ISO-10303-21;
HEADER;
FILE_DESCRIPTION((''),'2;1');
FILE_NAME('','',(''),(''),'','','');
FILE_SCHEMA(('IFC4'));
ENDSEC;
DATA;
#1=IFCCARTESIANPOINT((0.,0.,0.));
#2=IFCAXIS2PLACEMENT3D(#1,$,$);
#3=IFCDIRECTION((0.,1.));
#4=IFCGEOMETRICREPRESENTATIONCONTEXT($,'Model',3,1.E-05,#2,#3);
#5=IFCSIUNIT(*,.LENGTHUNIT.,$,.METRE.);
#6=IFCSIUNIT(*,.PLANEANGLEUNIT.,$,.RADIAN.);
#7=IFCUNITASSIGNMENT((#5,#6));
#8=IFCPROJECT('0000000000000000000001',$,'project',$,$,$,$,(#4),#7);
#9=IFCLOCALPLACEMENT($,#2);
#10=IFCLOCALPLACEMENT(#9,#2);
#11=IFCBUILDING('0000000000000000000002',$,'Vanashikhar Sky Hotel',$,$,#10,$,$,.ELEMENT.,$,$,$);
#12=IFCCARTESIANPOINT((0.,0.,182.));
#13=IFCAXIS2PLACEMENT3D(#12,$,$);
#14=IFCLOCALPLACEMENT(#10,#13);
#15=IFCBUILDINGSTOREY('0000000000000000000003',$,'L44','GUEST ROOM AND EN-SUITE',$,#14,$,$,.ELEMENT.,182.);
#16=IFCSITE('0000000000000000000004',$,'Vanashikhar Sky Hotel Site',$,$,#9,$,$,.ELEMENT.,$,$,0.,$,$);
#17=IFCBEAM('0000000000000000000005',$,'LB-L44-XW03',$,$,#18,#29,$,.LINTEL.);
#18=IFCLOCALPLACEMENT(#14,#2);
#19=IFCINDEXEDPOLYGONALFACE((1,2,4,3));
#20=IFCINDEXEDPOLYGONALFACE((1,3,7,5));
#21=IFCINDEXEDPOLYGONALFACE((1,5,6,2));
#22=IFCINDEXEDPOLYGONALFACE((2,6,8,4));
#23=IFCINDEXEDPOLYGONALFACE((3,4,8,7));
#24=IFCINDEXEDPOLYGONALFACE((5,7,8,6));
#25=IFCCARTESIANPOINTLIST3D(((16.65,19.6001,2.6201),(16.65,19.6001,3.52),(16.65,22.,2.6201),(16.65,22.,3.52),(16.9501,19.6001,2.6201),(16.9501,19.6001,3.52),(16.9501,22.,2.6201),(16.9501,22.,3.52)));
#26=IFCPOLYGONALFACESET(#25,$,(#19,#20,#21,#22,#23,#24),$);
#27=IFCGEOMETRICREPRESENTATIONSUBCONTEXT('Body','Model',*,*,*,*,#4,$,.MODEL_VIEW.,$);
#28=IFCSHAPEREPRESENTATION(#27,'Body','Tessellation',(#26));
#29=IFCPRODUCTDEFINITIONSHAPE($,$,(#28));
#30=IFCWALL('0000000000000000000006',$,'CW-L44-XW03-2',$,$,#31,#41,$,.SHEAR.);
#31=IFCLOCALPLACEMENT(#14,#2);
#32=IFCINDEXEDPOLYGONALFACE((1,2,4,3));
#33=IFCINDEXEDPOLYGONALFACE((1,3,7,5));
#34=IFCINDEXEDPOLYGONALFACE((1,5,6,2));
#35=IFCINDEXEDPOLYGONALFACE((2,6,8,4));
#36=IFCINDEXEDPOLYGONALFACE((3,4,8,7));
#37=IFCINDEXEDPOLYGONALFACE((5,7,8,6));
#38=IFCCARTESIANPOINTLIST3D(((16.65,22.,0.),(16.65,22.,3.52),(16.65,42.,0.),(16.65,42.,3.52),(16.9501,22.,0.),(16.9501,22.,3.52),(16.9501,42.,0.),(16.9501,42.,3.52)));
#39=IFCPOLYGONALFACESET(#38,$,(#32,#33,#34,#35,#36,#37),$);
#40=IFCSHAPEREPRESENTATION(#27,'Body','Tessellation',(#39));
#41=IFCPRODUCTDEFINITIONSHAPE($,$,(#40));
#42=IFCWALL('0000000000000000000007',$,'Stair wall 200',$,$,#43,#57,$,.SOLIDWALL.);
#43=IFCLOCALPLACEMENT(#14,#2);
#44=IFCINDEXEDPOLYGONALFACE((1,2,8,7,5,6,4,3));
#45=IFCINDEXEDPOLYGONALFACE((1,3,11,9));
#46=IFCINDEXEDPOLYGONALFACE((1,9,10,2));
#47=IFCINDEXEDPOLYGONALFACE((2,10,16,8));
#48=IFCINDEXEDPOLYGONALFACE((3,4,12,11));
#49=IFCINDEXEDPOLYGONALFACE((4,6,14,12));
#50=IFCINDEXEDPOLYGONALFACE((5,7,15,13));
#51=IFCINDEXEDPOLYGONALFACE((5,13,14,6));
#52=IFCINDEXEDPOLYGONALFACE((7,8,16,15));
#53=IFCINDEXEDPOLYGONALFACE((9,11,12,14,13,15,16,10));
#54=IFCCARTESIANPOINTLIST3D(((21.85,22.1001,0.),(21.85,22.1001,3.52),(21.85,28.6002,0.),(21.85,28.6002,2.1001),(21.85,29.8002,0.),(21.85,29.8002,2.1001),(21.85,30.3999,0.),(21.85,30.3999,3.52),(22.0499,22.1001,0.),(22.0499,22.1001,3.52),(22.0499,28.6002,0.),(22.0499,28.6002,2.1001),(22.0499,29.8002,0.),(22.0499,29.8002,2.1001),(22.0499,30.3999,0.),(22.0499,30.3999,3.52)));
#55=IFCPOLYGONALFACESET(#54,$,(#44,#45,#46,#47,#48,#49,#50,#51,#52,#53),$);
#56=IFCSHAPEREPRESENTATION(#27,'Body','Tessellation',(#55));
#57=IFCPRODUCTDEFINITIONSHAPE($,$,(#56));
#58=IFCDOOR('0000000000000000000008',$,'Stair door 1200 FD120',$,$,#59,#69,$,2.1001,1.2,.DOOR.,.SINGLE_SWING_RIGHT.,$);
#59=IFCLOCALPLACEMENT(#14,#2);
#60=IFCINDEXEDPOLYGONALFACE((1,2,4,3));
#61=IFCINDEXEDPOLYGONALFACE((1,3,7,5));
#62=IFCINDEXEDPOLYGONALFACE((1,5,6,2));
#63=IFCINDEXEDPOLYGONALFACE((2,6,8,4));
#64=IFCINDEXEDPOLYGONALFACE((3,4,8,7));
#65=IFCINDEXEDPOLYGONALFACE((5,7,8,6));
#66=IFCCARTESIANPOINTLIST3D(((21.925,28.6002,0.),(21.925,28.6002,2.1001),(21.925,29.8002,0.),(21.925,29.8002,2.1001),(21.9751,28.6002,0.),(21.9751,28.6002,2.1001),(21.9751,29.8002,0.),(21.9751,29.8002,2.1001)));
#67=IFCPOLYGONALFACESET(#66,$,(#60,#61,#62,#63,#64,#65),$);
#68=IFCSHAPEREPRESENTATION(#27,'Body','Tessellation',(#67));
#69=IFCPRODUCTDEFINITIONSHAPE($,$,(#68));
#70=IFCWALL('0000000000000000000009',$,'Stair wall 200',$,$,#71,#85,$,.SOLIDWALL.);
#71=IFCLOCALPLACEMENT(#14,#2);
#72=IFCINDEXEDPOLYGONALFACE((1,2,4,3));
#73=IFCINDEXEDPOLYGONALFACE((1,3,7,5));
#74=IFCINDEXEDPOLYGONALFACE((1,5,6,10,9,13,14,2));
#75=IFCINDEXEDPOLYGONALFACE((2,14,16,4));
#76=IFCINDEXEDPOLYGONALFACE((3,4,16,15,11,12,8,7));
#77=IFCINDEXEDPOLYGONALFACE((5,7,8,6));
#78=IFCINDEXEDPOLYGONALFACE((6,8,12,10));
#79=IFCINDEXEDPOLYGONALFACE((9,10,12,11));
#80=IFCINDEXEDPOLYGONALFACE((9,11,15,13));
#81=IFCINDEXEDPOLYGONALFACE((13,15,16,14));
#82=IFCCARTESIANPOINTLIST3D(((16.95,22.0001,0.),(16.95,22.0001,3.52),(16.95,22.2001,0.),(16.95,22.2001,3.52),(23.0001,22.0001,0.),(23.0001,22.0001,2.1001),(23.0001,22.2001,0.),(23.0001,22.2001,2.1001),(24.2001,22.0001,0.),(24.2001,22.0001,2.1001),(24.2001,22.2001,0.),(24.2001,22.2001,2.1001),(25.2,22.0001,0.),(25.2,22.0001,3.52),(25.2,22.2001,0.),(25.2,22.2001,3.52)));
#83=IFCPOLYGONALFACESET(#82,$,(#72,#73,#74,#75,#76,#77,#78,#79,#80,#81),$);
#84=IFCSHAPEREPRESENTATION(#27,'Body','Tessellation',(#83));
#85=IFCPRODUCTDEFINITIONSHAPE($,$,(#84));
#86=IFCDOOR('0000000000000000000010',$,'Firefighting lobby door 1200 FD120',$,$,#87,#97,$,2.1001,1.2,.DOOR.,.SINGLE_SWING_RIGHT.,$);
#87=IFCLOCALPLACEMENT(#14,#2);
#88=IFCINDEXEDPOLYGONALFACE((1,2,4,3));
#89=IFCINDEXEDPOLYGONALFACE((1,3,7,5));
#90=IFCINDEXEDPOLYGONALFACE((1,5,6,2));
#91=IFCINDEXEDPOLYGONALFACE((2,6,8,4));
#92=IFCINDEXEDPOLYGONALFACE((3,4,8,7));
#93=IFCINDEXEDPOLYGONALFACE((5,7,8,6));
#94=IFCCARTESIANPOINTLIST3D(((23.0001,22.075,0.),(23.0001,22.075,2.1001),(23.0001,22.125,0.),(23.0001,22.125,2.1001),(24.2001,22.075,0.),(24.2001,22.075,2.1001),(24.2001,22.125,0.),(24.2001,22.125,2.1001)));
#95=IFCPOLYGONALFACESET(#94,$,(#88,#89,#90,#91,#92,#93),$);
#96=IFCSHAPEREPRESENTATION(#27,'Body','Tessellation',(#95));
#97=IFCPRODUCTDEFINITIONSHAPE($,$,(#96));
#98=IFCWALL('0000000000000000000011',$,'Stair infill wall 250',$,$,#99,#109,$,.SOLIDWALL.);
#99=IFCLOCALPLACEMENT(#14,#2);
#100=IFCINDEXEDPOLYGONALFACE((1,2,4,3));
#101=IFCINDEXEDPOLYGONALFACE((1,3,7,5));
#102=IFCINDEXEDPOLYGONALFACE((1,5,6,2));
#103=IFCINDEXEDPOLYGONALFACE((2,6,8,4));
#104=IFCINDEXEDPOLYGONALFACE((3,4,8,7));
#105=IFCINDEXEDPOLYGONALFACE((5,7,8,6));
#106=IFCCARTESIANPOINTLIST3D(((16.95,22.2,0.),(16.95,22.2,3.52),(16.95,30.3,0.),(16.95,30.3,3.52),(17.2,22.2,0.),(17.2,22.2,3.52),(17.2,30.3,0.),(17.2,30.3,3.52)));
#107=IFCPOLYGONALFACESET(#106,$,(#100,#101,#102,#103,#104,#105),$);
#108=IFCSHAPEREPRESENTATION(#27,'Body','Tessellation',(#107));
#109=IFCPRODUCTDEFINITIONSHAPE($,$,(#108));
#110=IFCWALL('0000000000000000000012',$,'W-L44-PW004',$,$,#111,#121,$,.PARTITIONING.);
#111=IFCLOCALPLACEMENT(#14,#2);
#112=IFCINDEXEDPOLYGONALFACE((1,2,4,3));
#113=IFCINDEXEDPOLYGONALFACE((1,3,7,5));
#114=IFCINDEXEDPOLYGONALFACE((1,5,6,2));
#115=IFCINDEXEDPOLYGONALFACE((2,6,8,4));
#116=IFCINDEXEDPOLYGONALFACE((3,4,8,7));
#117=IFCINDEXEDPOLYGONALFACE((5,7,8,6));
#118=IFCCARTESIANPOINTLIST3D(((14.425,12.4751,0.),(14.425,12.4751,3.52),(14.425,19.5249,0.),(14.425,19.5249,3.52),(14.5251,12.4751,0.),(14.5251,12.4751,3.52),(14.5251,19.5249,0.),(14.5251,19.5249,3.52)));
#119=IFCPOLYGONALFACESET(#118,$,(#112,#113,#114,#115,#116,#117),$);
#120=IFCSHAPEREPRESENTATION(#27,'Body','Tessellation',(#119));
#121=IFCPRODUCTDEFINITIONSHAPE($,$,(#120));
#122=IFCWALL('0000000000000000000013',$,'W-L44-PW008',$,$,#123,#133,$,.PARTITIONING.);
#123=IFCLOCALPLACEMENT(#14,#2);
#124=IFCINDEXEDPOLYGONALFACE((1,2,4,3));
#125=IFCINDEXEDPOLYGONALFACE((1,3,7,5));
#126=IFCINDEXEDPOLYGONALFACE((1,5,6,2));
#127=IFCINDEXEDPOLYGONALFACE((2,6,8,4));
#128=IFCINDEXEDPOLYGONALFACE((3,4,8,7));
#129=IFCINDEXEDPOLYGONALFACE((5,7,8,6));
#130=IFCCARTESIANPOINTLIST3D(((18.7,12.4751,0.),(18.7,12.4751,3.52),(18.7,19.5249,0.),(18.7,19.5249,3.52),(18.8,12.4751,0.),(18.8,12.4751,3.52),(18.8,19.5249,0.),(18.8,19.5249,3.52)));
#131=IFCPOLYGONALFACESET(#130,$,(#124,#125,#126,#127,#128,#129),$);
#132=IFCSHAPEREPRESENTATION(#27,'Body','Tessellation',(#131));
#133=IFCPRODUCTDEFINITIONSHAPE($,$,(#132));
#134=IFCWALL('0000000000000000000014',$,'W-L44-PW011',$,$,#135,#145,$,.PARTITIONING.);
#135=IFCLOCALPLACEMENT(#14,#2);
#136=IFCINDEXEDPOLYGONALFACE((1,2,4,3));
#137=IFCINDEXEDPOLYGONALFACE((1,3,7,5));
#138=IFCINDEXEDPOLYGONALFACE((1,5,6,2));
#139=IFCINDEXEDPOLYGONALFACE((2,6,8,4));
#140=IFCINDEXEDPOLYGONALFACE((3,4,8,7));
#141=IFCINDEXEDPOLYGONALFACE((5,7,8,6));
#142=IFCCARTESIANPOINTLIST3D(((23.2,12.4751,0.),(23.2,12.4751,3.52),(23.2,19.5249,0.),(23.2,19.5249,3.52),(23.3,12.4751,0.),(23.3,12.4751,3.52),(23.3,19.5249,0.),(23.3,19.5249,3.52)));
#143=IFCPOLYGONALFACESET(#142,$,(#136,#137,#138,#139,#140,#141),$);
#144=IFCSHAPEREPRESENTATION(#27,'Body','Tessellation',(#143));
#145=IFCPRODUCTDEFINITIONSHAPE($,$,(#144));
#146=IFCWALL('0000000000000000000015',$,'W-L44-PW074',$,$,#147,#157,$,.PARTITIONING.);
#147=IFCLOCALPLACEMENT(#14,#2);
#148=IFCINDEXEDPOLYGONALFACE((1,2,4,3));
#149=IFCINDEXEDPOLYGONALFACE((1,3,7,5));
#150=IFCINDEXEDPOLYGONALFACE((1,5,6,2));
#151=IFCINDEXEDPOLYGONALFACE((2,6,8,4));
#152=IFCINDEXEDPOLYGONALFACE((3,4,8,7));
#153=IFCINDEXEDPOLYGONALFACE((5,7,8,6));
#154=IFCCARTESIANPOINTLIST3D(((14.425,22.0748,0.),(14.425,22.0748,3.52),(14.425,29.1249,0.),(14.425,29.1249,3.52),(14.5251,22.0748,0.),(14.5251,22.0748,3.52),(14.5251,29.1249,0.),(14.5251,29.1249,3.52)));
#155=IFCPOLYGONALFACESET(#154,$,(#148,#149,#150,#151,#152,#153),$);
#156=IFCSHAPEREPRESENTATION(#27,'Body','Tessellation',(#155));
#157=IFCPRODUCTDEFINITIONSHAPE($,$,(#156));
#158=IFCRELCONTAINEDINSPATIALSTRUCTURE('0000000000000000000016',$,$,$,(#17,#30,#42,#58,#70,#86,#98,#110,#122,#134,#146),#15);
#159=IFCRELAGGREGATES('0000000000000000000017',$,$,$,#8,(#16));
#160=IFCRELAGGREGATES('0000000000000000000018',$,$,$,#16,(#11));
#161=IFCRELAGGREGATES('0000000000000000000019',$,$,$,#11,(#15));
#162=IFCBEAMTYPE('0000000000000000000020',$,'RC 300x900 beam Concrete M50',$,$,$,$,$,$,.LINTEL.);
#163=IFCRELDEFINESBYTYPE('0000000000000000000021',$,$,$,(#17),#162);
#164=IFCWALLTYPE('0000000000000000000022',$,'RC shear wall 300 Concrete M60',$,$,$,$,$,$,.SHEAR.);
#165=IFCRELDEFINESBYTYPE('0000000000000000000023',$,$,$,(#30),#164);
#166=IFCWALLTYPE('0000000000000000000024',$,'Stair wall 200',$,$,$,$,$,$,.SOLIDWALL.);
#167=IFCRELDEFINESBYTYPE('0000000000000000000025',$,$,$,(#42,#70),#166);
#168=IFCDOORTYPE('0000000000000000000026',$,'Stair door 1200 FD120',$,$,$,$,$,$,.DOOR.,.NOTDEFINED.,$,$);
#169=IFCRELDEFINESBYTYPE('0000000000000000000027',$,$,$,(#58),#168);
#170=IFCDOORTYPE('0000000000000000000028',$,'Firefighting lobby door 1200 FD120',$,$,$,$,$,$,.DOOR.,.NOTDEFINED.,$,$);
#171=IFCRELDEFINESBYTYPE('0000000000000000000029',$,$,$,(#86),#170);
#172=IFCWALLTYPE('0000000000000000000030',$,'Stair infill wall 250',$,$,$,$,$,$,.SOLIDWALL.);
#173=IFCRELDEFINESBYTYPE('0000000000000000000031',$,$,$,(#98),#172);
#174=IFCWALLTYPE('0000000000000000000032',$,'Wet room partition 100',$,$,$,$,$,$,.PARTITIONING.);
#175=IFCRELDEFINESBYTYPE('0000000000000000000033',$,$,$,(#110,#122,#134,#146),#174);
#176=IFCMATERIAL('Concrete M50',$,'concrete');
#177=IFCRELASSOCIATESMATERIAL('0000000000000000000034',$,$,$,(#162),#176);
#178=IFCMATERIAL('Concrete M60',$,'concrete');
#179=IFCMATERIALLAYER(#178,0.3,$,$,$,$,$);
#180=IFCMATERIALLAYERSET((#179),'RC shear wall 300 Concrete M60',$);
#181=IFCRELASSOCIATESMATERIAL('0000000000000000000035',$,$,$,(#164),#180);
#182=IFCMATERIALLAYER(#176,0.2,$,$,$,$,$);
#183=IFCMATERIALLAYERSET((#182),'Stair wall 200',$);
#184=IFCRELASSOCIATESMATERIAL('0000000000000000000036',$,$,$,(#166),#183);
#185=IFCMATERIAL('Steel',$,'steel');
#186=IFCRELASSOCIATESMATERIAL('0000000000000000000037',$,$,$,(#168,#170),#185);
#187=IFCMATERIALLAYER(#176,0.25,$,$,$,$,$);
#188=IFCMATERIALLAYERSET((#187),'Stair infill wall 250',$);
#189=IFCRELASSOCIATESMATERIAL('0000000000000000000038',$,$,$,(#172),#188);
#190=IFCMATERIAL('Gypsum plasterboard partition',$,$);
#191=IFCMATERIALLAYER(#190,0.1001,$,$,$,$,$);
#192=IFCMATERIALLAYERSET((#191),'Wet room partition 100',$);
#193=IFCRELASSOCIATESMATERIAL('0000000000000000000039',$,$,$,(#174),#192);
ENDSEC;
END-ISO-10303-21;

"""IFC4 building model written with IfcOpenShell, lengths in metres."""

from ifc_helpers import new_model, si_unit, direction, frame, frame_2d, origin, origin_2d, place, context, subcontext, project, spatial, rectangle, extrude, source, transform, mapped, material, layer, layer_set, material_profile, profile_set, type_object, element, fill, save


model = new_model("IFC4")

# Units and contexts
model_context = context("Model", 3, precision=1e-05, world=origin(), true_north=direction((0.0, 1.0)))
body_context = subcontext(model_context, "Body", "Model", "MODEL_VIEW")
ifc_project = project(units=[si_unit("LENGTHUNIT", "METRE"), si_unit("PLANEANGLEUNIT", "RADIAN")], contexts=[model_context])

# Site, building, storey
site_placement = place(None, origin())
site = spatial("IfcSite", under=ifc_project, at=site_placement, Name="Vanashikhar Sky Hotel Site", CompositionType="ELEMENT", RefElevation=0.0)
building_placement = place(site_placement, origin())
building = spatial("IfcBuilding", under=site, at=building_placement, Name="Vanashikhar Sky Hotel", CompositionType="ELEMENT")
storey_placement = place(building_placement, frame((0.0, 0.0, 182.0)))
storey = spatial("IfcBuildingStorey", under=building, at=storey_placement, Name="L44", Description="GUEST ROOM AND EN-SUITE", CompositionType="ELEMENT", Elevation=182.0)

# Beam
ifc_material_1 = material(Name="Concrete M50", Category="concrete")
ifc_material_profile = material_profile(ifc_material_1, rectangle(XDim=0.3, YDim=0.8999, at=origin_2d()))
ifc_profile_set = profile_set([ifc_material_profile], Name="RC 300x900 beam Concrete M50")
beam_type = type_object("IfcBeamType", Name="RC 300x900 beam Concrete M50", PredefinedType="LINTEL", material=ifc_profile_set)
shared_shape_1 = source(origin(), body_context, "Body", "SweptSolid", [
    extrude(rectangle(XDim=0.3, YDim=0.8999, at=origin_2d()), origin(), (0.0, 0.0, 1.0), 2.3999),
])
beam_placement = place(storey_placement, frame((16.8, 19.6001, 3.0701), z_axis=(0.0, 1.0, 0.0), x_axis=(-1.0, 0.0, 0.0)))
element("IfcBeam", 1, at=beam_placement, inside=storey, type_object=beam_type, Name="LB-L44-XW03", PredefinedType="LINTEL", context=body_context, shape_type="MappedRepresentation", body=[
    mapped(shared_shape_1, transform((0.0, 0.0, 0.0), scale=1.0)),
])

# Wall
ifc_material_2 = material(Name="Concrete M60", Category="concrete")
ifc_layer_1 = layer(ifc_material_2, 0.3)
ifc_layer_set_1 = layer_set([ifc_layer_1], Name="RC shear wall 300 Concrete M60")
wall_type_1 = type_object("IfcWallType", Name="RC shear wall 300 Concrete M60", PredefinedType="SHEAR", material=ifc_layer_set_1)
shared_shape_2 = source(origin(), body_context, "Body", "SweptSolid", [
    extrude(rectangle(XDim=20.0, YDim=0.3, at=frame_2d((10.0, 0.0))), origin(), (0.0, 0.0, 1.0), 3.52),
])
wall_1_placement = place(storey_placement, frame((16.8, 22.0, 0.0), z_axis=(0.0, 0.0, 1.0), x_axis=(0.0, 1.0, 0.0)))
element("IfcWall", 2, at=wall_1_placement, inside=storey, type_object=wall_type_1, Name="CW-L44-XW03-2", PredefinedType="SHEAR", context=body_context, shape_type="MappedRepresentation", body=[
    mapped(shared_shape_2, transform((0.0, 0.0, 0.0), scale=1.0)),
])

# Walls, openings, doors
ifc_layer_2 = layer(ifc_material_1, 0.2)
ifc_layer_set_2 = layer_set([ifc_layer_2], Name="Stair wall 200")
wall_type_2 = type_object("IfcWallType", Name="Stair wall 200", PredefinedType="SOLIDWALL", material=ifc_layer_set_2)
shared_shape_3 = source(origin(), body_context, "Body", "SweptSolid", [
    extrude(rectangle(XDim=8.2998, YDim=0.2, at=frame_2d((4.1499, 0.0))), origin(), (0.0, 0.0, 1.0), 3.52),
])
wall_2_placement = place(storey_placement, frame((21.95, 22.1001, 0.0), z_axis=(0.0, 0.0, 1.0), x_axis=(0.0, 1.0, 0.0)))
wall_2 = element("IfcWall", 3, at=wall_2_placement, inside=storey, type_object=wall_type_2, Name="Stair wall 200", PredefinedType="SOLIDWALL", context=body_context, shape_type="MappedRepresentation", body=[
    mapped(shared_shape_3, transform((0.0, 0.0, 0.0), scale=1.0)),
])
shared_shape_4 = source(origin(), body_context, "Body", "SweptSolid", [
    extrude(rectangle(XDim=1.2, YDim=2.1001, at=frame_2d((0.6001, 1.05))), frame((0.0, 0.1099, 0.0), z_axis=(0.0, -1.0, 0.0), x_axis=(1.0, 0.0, 0.0)), (0.0, 0.0, 1.0), 0.22),
])
opening_1_placement = place(wall_2_placement, frame((6.5, 0.0, 0.0)))
opening_1 = element("IfcOpeningElement", 4, at=opening_1_placement, cuts=wall_2, PredefinedType="OPENING", context=body_context, shape_type="MappedRepresentation", body=[
    mapped(shared_shape_4, transform((0.0, 0.0, 0.0), scale=1.0)),
])
ifc_material_3 = material(Name="Steel", Category="steel")
door_type_1 = type_object("IfcDoorType", Name="Stair door 1200 FD120", OperationType="NOTDEFINED", PredefinedType="DOOR", material=ifc_material_3)
shared_shape_5 = source(origin(), body_context, "Body", "SweptSolid", [
    extrude(rectangle(XDim=1.2, YDim=2.1001, at=frame_2d((0.6001, 1.05))), frame((0.0, 0.0249, 0.0), z_axis=(0.0, -1.0, 0.0), x_axis=(1.0, 0.0, 0.0)), (0.0, 0.0, 1.0), 0.05),
])
door_1_placement = place(opening_1_placement, origin())
door_1 = element("IfcDoor", 5, at=door_1_placement, inside=storey, type_object=door_type_1, Name="Stair door 1200 FD120", OperationType="SINGLE_SWING_RIGHT", OverallHeight=2.1001, OverallWidth=1.2, PredefinedType="DOOR", context=body_context, shape_type="MappedRepresentation", body=[
    mapped(shared_shape_5, transform((0.0, 0.0, 0.0), scale=1.0)),
])
fill(opening_1, door_1)
shared_shape_6 = source(origin(), body_context, "Body", "SweptSolid", [
    extrude(rectangle(XDim=8.25, YDim=0.2, at=frame_2d((4.125, 0.0))), origin(), (0.0, 0.0, 1.0), 3.52),
])
wall_3_placement = place(storey_placement, frame((16.95, 22.1001, 0.0), z_axis=(0.0, 0.0, 1.0), x_axis=(1.0, 0.0, 0.0)))
wall_3 = element("IfcWall", 6, at=wall_3_placement, inside=storey, type_object=wall_type_2, Name="Stair wall 200", PredefinedType="SOLIDWALL", context=body_context, shape_type="MappedRepresentation", body=[
    mapped(shared_shape_6, transform((0.0, 0.0, 0.0), scale=1.0)),
])
opening_2_placement = place(wall_3_placement, frame((6.05, 0.0, 0.0)))
opening_2 = element("IfcOpeningElement", 7, at=opening_2_placement, cuts=wall_3, PredefinedType="OPENING", context=body_context, shape_type="MappedRepresentation", body=[
    mapped(shared_shape_4, transform((0.0, 0.0, 0.0), scale=1.0)),
])
door_type_2 = type_object("IfcDoorType", Name="Firefighting lobby door 1200 FD120", OperationType="NOTDEFINED", PredefinedType="DOOR", material=ifc_material_3)
door_2_placement = place(opening_2_placement, origin())
door_2 = element("IfcDoor", 8, at=door_2_placement, inside=storey, type_object=door_type_2, Name="Firefighting lobby door 1200 FD120", OperationType="SINGLE_SWING_RIGHT", OverallHeight=2.1001, OverallWidth=1.2, PredefinedType="DOOR", context=body_context, shape_type="MappedRepresentation", body=[
    mapped(shared_shape_5, transform((0.0, 0.0, 0.0), scale=1.0)),
])
fill(opening_2, door_2)

# Walls
ifc_layer_3 = layer(ifc_material_1, 0.25)
ifc_layer_set_3 = layer_set([ifc_layer_3], Name="Stair infill wall 250")
wall_type_3 = type_object("IfcWallType", Name="Stair infill wall 250", PredefinedType="SOLIDWALL", material=ifc_layer_set_3)
shared_shape_7 = source(origin(), body_context, "Body", "SweptSolid", [
    extrude(rectangle(XDim=8.1001, YDim=0.25, at=frame_2d((4.05, 0.0))), origin(), (0.0, 0.0, 1.0), 3.52),
])
wall_4_placement = place(storey_placement, frame((17.075, 22.2, 0.0), z_axis=(0.0, 0.0, 1.0), x_axis=(0.0, 1.0, 0.0)))
element("IfcWall", 9, at=wall_4_placement, inside=storey, type_object=wall_type_3, Name="Stair infill wall 250", PredefinedType="SOLIDWALL", context=body_context, shape_type="MappedRepresentation", body=[
    mapped(shared_shape_7, transform((0.0, 0.0, 0.0), scale=1.0)),
])
ifc_material_4 = material(Name="Gypsum plasterboard partition")
ifc_layer_4 = layer(ifc_material_4, 0.1001)
ifc_layer_set_4 = layer_set([ifc_layer_4], Name="Wet room partition 100")
wall_type_4 = type_object("IfcWallType", Name="Wet room partition 100", PredefinedType="PARTITIONING", material=ifc_layer_set_4)
shared_shape_8 = source(origin(), body_context, "Body", "SweptSolid", [
    extrude(rectangle(XDim=7.0498, YDim=0.1001, at=frame_2d((3.5249, 0.0))), origin(), (0.0, 0.0, 1.0), 3.52),
])
for number, where, z_axis, x_axis, name in (
    (10, (14.4751, 12.4751, 0.0), (0.0, 0.0, 1.0), (0.0, 1.0, 0.0), "W-L44-PW004"),
    (11, (18.75, 12.4751, 0.0), (0.0, 0.0, 1.0), (0.0, 1.0, 0.0), "W-L44-PW008"),
    (12, (23.25, 12.4751, 0.0), (0.0, 0.0, 1.0), (0.0, 1.0, 0.0), "W-L44-PW011"),
):
    element("IfcWall", number, at=place(storey_placement, frame(where, z_axis=z_axis, x_axis=x_axis)), inside=storey, type_object=wall_type_4, Name=name, PredefinedType="PARTITIONING", context=body_context, shape_type="MappedRepresentation", body=[
        mapped(shared_shape_8, transform((0.0, 0.0, 0.0), scale=1.0)),
    ])
shared_shape_9 = source(origin(), body_context, "Body", "SweptSolid", [
    extrude(rectangle(XDim=7.05, YDim=0.1001, at=frame_2d((3.5249, 0.0))), origin(), (0.0, 0.0, 1.0), 3.52),
])
wall_5_placement = place(storey_placement, frame((14.4751, 22.075, 0.0), z_axis=(0.0, 0.0, 1.0), x_axis=(0.0, 1.0, 0.0)))
element("IfcWall", 13, at=wall_5_placement, inside=storey, type_object=wall_type_4, Name="W-L44-PW074", PredefinedType="PARTITIONING", context=body_context, shape_type="MappedRepresentation", body=[
    mapped(shared_shape_9, transform((0.0, 0.0, 0.0), scale=1.0)),
])

save(model, "model.ifc")
